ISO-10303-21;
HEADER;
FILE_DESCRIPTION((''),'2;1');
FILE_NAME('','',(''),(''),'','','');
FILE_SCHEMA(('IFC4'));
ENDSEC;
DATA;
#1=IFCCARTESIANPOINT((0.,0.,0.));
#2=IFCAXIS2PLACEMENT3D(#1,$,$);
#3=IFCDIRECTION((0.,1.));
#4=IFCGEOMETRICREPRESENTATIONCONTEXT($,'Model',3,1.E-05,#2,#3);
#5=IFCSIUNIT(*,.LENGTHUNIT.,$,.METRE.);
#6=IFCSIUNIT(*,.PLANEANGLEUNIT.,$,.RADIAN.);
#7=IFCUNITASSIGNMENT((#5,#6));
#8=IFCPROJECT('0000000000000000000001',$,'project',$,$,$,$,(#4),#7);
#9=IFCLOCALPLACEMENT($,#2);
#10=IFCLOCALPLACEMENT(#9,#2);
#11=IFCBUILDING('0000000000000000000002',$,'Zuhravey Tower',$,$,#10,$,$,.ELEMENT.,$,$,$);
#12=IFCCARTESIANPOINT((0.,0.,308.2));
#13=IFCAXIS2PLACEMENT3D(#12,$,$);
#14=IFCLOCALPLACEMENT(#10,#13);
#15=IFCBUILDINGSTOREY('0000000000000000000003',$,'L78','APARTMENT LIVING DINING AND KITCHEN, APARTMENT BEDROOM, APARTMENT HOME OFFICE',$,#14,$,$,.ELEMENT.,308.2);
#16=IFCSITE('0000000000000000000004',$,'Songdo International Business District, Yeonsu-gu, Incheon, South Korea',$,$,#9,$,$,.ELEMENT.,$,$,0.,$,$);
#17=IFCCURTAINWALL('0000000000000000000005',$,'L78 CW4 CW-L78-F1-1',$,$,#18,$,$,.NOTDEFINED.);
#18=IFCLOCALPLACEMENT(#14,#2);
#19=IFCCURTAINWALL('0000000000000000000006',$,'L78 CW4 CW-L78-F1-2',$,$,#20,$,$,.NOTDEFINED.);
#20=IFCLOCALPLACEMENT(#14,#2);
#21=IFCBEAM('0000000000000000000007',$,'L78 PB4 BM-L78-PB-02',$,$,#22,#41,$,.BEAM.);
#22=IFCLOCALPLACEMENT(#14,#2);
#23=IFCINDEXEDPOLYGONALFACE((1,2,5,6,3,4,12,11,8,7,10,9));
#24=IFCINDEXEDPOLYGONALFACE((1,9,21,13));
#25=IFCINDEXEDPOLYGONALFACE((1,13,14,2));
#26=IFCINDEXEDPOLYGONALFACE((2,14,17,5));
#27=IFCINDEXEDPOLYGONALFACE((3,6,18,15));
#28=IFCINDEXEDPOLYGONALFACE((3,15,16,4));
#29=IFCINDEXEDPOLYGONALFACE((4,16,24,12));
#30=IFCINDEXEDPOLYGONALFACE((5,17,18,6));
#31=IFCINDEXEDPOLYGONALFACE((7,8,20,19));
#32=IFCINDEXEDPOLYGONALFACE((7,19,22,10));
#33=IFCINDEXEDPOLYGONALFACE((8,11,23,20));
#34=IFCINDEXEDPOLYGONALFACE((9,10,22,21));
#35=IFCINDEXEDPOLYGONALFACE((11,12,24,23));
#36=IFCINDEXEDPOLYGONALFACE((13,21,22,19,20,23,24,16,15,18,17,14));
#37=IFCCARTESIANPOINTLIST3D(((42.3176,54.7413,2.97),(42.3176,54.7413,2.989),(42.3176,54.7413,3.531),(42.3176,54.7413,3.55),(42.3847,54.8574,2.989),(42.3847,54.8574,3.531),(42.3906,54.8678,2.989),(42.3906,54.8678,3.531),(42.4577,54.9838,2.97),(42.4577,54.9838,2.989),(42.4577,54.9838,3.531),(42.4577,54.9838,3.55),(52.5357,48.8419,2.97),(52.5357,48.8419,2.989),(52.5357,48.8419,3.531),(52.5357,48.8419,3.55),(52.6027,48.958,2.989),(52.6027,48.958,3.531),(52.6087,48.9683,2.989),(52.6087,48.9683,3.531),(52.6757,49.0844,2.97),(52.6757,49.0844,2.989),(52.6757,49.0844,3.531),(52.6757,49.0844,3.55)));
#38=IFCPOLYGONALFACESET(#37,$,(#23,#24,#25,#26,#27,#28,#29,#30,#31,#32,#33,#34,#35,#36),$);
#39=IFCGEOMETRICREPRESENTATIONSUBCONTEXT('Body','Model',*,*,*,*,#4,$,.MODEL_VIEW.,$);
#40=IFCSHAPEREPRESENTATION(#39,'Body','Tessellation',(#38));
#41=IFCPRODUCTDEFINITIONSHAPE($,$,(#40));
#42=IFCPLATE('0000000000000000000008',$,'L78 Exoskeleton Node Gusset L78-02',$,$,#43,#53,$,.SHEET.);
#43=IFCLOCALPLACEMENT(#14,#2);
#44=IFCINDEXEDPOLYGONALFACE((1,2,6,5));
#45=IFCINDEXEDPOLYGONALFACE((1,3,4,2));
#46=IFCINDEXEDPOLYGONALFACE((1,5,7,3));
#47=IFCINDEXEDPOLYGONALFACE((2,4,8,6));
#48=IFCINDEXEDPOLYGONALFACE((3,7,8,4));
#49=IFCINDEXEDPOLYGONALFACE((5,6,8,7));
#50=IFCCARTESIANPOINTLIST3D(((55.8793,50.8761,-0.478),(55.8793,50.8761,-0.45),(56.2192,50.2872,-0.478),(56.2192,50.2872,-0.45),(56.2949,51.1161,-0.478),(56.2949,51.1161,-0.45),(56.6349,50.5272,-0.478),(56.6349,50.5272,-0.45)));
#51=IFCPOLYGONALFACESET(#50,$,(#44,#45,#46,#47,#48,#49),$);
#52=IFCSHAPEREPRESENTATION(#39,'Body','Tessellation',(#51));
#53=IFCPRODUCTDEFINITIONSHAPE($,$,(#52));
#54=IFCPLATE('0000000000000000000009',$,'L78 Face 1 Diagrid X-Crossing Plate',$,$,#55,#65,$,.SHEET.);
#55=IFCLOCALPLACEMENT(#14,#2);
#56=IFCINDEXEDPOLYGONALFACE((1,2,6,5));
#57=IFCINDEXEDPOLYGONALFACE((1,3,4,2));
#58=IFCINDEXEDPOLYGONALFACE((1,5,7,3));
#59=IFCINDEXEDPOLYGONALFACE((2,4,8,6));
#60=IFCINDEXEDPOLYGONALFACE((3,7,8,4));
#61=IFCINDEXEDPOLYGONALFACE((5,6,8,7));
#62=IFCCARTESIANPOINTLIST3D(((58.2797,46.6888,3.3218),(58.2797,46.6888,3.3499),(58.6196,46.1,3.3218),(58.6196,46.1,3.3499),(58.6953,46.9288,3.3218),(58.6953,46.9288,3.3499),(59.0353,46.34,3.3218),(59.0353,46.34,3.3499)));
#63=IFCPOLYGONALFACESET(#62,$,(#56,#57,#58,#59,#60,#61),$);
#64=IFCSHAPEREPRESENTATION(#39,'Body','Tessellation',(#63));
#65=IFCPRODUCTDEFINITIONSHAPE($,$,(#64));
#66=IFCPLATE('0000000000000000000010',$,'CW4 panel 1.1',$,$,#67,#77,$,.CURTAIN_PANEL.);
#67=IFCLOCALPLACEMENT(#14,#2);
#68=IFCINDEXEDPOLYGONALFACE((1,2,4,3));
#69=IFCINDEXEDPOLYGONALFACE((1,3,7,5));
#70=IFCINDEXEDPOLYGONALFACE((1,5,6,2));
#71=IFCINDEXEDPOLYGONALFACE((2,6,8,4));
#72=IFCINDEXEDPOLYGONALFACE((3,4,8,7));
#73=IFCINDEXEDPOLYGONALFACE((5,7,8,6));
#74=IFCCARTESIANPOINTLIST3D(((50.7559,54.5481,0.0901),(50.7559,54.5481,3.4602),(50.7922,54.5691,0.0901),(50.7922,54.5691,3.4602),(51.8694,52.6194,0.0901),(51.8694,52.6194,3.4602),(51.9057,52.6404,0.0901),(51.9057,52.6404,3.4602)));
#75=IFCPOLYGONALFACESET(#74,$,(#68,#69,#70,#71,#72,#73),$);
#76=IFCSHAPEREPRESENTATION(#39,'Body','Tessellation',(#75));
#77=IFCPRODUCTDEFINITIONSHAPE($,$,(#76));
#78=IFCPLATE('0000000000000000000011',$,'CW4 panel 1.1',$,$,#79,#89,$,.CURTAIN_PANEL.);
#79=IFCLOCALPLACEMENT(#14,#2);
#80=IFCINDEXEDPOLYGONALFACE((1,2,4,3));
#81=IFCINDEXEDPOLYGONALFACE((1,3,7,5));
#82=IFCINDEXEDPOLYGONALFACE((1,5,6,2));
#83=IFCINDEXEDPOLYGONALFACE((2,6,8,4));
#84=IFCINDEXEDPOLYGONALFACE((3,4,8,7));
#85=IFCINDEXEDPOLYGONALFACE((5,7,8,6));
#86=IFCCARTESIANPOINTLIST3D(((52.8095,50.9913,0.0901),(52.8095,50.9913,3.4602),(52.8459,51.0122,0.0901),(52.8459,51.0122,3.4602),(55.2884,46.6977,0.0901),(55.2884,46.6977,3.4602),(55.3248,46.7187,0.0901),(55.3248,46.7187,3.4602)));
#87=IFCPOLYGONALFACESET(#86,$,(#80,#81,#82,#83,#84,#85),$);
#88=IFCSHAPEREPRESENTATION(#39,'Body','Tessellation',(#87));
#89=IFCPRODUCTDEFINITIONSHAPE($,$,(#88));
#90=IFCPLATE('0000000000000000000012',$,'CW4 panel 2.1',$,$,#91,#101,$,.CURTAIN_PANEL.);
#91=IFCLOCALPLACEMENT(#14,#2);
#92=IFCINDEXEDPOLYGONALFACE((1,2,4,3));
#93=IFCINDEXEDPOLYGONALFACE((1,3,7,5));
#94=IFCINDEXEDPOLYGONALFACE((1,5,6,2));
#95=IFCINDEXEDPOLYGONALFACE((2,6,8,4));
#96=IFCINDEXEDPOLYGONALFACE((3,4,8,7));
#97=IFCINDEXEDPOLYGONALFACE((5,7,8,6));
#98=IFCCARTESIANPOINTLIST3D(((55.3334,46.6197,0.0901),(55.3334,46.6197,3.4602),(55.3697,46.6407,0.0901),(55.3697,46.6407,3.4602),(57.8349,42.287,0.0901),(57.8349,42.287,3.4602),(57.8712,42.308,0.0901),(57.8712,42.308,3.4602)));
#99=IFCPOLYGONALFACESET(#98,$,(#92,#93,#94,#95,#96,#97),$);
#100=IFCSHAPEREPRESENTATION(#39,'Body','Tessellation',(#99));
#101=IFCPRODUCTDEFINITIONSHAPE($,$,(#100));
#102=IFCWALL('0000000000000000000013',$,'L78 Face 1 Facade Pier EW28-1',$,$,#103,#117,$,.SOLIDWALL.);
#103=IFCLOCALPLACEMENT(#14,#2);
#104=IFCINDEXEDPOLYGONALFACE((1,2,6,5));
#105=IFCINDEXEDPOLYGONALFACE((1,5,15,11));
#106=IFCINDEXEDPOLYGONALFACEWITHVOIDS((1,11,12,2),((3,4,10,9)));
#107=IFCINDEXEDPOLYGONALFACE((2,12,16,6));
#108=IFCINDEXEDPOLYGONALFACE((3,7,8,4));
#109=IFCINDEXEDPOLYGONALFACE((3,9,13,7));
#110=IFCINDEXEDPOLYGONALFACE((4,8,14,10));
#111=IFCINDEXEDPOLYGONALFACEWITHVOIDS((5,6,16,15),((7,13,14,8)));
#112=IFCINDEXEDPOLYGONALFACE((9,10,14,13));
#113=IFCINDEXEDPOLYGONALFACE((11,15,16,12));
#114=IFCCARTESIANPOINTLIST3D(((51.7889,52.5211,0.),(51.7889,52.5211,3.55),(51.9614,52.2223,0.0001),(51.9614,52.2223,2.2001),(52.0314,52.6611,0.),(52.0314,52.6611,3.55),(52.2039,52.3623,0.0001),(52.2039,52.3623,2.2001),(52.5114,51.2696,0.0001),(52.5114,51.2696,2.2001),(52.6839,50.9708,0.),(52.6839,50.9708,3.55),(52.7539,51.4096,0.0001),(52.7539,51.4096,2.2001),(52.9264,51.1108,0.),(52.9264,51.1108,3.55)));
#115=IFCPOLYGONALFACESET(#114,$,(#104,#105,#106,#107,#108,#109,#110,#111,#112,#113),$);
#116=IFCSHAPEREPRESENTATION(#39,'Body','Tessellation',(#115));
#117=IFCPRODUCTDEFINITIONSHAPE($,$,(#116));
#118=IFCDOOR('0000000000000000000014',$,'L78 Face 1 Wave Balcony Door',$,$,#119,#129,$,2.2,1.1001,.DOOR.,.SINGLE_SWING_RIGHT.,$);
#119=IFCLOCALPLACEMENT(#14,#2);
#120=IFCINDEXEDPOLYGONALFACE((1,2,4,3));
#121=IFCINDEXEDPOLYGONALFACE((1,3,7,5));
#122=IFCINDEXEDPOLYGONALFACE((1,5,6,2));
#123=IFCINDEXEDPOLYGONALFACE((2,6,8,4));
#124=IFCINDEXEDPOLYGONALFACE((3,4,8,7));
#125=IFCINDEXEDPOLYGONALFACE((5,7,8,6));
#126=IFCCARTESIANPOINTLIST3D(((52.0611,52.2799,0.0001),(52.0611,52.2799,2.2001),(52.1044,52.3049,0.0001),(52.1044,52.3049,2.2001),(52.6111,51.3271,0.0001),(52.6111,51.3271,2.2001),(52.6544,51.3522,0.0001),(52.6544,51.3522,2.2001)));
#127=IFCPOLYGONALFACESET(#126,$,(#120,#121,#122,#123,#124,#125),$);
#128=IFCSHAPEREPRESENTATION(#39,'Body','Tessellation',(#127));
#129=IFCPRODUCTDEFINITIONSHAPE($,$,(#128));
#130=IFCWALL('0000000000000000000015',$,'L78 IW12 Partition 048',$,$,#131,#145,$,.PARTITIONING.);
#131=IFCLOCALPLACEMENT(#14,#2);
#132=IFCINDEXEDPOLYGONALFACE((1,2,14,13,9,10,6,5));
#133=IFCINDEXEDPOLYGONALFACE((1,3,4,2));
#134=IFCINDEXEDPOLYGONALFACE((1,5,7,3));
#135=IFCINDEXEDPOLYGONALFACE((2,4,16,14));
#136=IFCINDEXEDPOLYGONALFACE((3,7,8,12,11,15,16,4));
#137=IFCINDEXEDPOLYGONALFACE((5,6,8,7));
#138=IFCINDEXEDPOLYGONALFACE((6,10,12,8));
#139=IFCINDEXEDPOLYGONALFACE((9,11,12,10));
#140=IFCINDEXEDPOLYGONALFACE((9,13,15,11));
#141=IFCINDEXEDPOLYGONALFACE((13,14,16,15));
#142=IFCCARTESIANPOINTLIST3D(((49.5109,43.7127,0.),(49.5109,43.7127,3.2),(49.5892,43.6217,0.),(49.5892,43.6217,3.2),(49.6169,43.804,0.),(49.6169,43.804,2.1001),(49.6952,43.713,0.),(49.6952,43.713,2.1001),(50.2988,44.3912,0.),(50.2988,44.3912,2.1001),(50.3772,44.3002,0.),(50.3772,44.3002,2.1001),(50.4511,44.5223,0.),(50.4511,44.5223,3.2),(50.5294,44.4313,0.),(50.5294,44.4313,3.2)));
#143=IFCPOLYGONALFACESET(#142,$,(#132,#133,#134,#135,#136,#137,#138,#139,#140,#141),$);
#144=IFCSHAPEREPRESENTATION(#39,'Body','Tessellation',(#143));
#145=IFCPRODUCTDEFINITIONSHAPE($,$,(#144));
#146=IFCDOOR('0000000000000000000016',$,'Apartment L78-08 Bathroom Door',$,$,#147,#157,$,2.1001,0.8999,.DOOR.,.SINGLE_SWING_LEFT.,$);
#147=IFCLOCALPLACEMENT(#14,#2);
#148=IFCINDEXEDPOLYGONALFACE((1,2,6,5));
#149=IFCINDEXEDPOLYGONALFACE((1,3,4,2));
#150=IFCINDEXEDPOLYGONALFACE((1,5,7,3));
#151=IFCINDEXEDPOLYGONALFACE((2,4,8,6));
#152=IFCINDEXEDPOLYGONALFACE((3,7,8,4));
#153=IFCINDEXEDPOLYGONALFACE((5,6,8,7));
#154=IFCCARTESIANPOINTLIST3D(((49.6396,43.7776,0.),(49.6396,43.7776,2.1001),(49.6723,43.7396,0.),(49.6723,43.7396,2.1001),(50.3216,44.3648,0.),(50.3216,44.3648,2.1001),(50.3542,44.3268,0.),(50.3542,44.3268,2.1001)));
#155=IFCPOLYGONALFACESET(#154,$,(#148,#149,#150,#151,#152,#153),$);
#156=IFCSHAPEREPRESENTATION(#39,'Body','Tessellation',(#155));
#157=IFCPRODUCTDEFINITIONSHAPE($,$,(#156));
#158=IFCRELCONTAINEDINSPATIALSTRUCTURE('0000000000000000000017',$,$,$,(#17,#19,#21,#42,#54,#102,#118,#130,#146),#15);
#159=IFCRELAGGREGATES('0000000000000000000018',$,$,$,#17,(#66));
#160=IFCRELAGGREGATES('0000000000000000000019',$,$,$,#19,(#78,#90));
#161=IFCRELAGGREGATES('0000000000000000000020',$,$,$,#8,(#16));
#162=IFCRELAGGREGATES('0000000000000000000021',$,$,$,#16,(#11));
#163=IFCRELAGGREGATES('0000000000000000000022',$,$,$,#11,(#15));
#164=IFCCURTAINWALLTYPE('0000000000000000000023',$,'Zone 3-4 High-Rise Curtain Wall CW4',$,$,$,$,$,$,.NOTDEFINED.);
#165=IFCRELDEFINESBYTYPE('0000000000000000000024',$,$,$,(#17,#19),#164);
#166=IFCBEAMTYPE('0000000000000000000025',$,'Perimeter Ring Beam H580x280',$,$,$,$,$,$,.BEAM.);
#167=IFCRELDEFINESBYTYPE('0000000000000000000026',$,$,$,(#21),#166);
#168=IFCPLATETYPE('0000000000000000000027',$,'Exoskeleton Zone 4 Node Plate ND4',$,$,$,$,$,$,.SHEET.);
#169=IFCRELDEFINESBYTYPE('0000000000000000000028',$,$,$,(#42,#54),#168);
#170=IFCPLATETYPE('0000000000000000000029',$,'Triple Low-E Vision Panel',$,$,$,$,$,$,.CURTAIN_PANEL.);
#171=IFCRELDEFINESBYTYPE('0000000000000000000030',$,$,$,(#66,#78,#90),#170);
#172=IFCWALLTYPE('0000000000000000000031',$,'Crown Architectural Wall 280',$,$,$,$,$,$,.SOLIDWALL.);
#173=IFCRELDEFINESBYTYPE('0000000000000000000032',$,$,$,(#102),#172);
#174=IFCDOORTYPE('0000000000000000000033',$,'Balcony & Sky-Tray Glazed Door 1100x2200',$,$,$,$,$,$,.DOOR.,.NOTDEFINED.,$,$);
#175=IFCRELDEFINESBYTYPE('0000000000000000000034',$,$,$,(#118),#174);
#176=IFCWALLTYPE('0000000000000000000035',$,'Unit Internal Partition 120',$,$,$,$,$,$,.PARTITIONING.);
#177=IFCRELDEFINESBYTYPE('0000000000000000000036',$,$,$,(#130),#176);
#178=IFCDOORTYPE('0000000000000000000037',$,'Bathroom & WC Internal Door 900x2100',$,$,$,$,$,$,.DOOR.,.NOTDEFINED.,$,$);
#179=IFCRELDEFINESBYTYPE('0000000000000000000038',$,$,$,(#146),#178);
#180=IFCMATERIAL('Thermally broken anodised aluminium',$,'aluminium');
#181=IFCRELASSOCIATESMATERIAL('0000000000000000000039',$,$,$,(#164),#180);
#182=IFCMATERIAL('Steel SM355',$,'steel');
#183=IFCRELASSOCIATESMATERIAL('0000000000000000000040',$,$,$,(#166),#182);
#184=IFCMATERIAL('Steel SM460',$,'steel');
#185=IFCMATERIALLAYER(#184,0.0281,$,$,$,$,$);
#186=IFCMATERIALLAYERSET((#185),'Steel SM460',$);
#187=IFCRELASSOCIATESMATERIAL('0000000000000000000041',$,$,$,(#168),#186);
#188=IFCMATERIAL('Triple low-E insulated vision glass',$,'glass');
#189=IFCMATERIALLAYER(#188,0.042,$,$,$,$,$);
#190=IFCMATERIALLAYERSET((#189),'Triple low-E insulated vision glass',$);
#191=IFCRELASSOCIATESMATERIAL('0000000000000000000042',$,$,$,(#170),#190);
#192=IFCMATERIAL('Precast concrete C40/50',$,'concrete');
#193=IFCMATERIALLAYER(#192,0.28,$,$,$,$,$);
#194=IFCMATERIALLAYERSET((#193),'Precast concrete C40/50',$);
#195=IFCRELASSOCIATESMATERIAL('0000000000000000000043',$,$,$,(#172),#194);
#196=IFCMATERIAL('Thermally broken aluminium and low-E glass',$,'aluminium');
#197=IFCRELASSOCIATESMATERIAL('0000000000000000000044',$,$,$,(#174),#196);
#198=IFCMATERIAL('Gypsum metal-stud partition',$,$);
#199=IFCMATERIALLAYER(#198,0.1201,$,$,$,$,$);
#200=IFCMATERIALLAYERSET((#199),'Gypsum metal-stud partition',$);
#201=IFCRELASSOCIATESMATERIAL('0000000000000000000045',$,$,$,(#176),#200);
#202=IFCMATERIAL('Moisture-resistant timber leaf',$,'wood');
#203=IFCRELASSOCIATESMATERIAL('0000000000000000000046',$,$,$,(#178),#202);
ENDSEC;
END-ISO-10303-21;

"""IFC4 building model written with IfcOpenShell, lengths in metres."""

from ifc_helpers import new_model, si_unit, direction, frame, frame_2d, origin, origin_2d, place, context, subcontext, project, spatial, rectangle, i_section, extrude, material, layer, layer_set, material_profile, profile_set, type_object, element, fill, aggregate, save


model = new_model("IFC4")

# Units and contexts
model_context = context("Model", 3, precision=1e-05, world=origin(), true_north=direction((0.0, 1.0)))
body_context = subcontext(model_context, "Body", "Model", "MODEL_VIEW")
ifc_project = project(units=[si_unit("LENGTHUNIT", "METRE"), si_unit("PLANEANGLEUNIT", "RADIAN")], contexts=[model_context])

# Site, building, storey
site_placement = place(None, origin())
site = spatial("IfcSite", under=ifc_project, at=site_placement, Name="Songdo International Business District, Yeonsu-gu, Incheon, South Korea", CompositionType="ELEMENT", RefElevation=0.0)
building_placement = place(site_placement, origin())
building = spatial("IfcBuilding", under=site, at=building_placement, Name="Zuhravey Tower", CompositionType="ELEMENT")
storey_placement = place(building_placement, frame((0.0, 0.0, 308.2)))
storey = spatial("IfcBuildingStorey", under=building, at=storey_placement, Name="L78", Description="APARTMENT LIVING DINING AND KITCHEN, APARTMENT BEDROOM, APARTMENT HOME OFFICE", CompositionType="ELEMENT", Elevation=308.2)

# Curtain walls
ifc_material_1 = material(Name="Thermally broken anodised aluminium", Category="aluminium")
curtain_wall_type = type_object("IfcCurtainWallType", Name="Zone 3-4 High-Rise Curtain Wall CW4", PredefinedType="NOTDEFINED", material=ifc_material_1)
curtain_wall_1_placement = place(storey_placement, origin())
curtain_wall_1 = element("IfcCurtainWall", 1, at=curtain_wall_1_placement, inside=storey, type_object=curtain_wall_type, Name="L78 CW4 CW-L78-F1-1", PredefinedType="NOTDEFINED")
curtain_wall_2_placement = place(storey_placement, origin())
curtain_wall_2 = element("IfcCurtainWall", 2, at=curtain_wall_2_placement, inside=storey, type_object=curtain_wall_type, Name="L78 CW4 CW-L78-F1-2", PredefinedType="NOTDEFINED")

# Shared definitions
ifc_material_2 = material(Name="Steel SM355", Category="steel")

# Beam
ifc_material_profile_1 = material_profile(ifc_material_2, i_section(OverallWidth=0.28, OverallDepth=0.5801, WebThickness=0.012, FlangeThickness=0.019, at=origin_2d()), Name="H-580x280x12x19")
ifc_profile_set_1 = profile_set([ifc_material_profile_1], Name="Steel SM355")
beam_type = type_object("IfcBeamType", Name="Perimeter Ring Beam H580x280", PredefinedType="BEAM", material=ifc_profile_set_1)
beam_placement = place(storey_placement, frame((52.6057, 48.9631, 3.26), z_axis=(-0.866024, 0.500002, 0.0), x_axis=(-0.500002, -0.866024, 0.0)))
element("IfcBeam", 3, at=beam_placement, inside=storey, type_object=beam_type, Name="L78 PB4 BM-L78-PB-02", PredefinedType="BEAM", context=body_context, shape_type="SweptSolid", body=[
    extrude(i_section(OverallWidth=0.28, OverallDepth=0.5801, WebThickness=0.012, FlangeThickness=0.019, at=origin_2d()), origin(), (0.0, 0.0, 1.0), 11.7988),
])

# Plates
ifc_material_3 = material(Name="Steel SM460", Category="steel")
ifc_layer_1 = layer(ifc_material_3, 0.0281)
ifc_layer_set_1 = layer_set([ifc_layer_1], Name="Steel SM460")
plate_type_1 = type_object("IfcPlateType", Name="Exoskeleton Zone 4 Node Plate ND4", PredefinedType="SHEET", material=ifc_layer_set_1)
for number, where, z_axis, x_axis, name in (
    (4, (56.2571, 50.7017, -0.478), (0.0, 0.0, 1.0), (-0.5, 0.866025, 0.0), "L78 Exoskeleton Node Gusset L78-02"),
    (5, (58.6575, 46.5144, 3.3218), (0.0, 0.0, 1.0), (-0.5, 0.866025, 0.0), "L78 Face 1 Diagrid X-Crossing Plate"),
):
    element("IfcPlate", number, at=place(storey_placement, frame(where, z_axis=z_axis, x_axis=x_axis)), inside=storey, type_object=plate_type_1, Name=name, PredefinedType="SHEET", context=body_context, shape_type="SweptSolid", body=[
        extrude(rectangle(XDim=0.6799, YDim=0.48, at=origin_2d()), origin(), (0.0, 0.0, 1.0), 0.0281),
    ])

# Plates
ifc_material_4 = material(Name="Triple low-E insulated vision glass", Category="glass")
ifc_layer_2 = layer(ifc_material_4, 0.042)
ifc_layer_set_2 = layer_set([ifc_layer_2], Name="Triple low-E insulated vision glass")
plate_type_2 = type_object("IfcPlateType", Name="Triple Low-E Vision Panel", PredefinedType="CURTAIN_PANEL", material=ifc_layer_set_2)
plate_1_placement = place(storey_placement, frame((51.3308, 53.5942, 0.0901), z_axis=(0.0, 0.0, 1.0), x_axis=(0.499986, -0.866033, 0.0)))
plate_1 = element("IfcPlate", 6, at=plate_1_placement, type_object=plate_type_2, Name="CW4 panel 1.1", PredefinedType="CURTAIN_PANEL", context=body_context, shape_type="SweptSolid", body=[
    extrude(rectangle(XDim=2.2271, YDim=0.042, at=origin_2d()), origin(), (0.0, 0.0, 1.0), 3.3701),
])
aggregate(curtain_wall_1, [plate_1])
plate_2_placement = place(storey_placement, frame((54.0671, 48.855, 0.0901), z_axis=(0.0, 0.0, 1.0), x_axis=(0.500003, -0.866024, 0.0)))
plate_2 = element("IfcPlate", 7, at=plate_2_placement, type_object=plate_type_2, Name="CW4 panel 1.1", PredefinedType="CURTAIN_PANEL", context=body_context, shape_type="SweptSolid", body=[
    extrude(rectangle(XDim=4.9578, YDim=0.042, at=origin_2d()), origin(), (0.0, 0.0, 1.0), 3.3701),
])
plate_3_placement = place(storey_placement, frame((56.6023, 44.4639, 0.0901), z_axis=(0.0, 0.0, 1.0), x_axis=(0.500003, -0.866024, 0.0)))
plate_3 = element("IfcPlate", 8, at=plate_3_placement, type_object=plate_type_2, Name="CW4 panel 2.1", PredefinedType="CURTAIN_PANEL", context=body_context, shape_type="SweptSolid", body=[
    extrude(rectangle(XDim=5.0029, YDim=0.042, at=origin_2d()), origin(), (0.0, 0.0, 1.0), 3.3701),
])
aggregate(curtain_wall_2, [plate_2, plate_3])

# Walls, openings, doors
ifc_material_5 = material(Name="Precast concrete C40/50", Category="concrete")
ifc_layer_3 = layer(ifc_material_5, 0.28)
ifc_layer_set_3 = layer_set([ifc_layer_3], Name="Precast concrete C40/50")
wall_type_1 = type_object("IfcWallType", Name="Crown Architectural Wall 280", PredefinedType="SOLIDWALL", material=ifc_layer_set_3)
wall_1_placement = place(storey_placement, frame((51.9102, 52.5911, 0.0), z_axis=(0.0, 0.0, 1.0), x_axis=(0.499982, -0.866036, 0.0)))
wall_1 = element("IfcWall", 9, at=wall_1_placement, inside=storey, type_object=wall_type_1, Name="L78 Face 1 Facade Pier EW28-1", PredefinedType="SOLIDWALL", context=body_context, shape_type="SweptSolid", body=[
    extrude(rectangle(XDim=1.79, YDim=0.28, at=frame_2d((0.895, 0.0))), origin(), (0.0, 0.0, 1.0), 3.55),
])
opening_1_placement = place(wall_1_placement, frame((0.345, 0.0, 0.0)))
opening_1 = element("IfcOpeningElement", 10, at=opening_1_placement, cuts=wall_1, PredefinedType="OPENING", context=body_context, shape_type="SweptSolid", body=[
    extrude(rectangle(XDim=1.1001, YDim=2.2, at=frame_2d((0.55, 1.1001))), frame((0.0, 0.1521, 0.0), z_axis=(0.0, -1.0, 0.0), x_axis=(1.0, 0.0, 0.0)), (0.0, 0.0, 1.0), 0.304),
])
ifc_material_6 = material(Name="Thermally broken aluminium and low-E glass", Category="aluminium")
door_type_1 = type_object("IfcDoorType", Name="Balcony & Sky-Tray Glazed Door 1100x2200", OperationType="NOTDEFINED", PredefinedType="DOOR", material=ifc_material_6)
door_1_placement = place(opening_1_placement, frame((1.1001, 0.0, 0.0), z_axis=(0.0, 0.0, 1.0), x_axis=(-1.0, 0.0, 0.0)))
door_1 = element("IfcDoor", 11, at=door_1_placement, inside=storey, type_object=door_type_1, Name="L78 Face 1 Wave Balcony Door", OperationType="SINGLE_SWING_RIGHT", OverallHeight=2.2, OverallWidth=1.1001, PredefinedType="DOOR", context=body_context, shape_type="SweptSolid", body=[
    extrude(rectangle(XDim=1.1001, YDim=2.2, at=frame_2d((0.55, 1.1001))), frame((0.0, 0.0249, 0.0), z_axis=(0.0, -1.0, 0.0), x_axis=(1.0, 0.0, 0.0)), (0.0, 0.0, 1.0), 0.05),
])
fill(opening_1, door_1)
ifc_material_7 = material(Name="Gypsum metal-stud partition")
ifc_layer_4 = layer(ifc_material_7, 0.1201)
ifc_layer_set_4 = layer_set([ifc_layer_4], Name="Gypsum metal-stud partition")
wall_type_2 = type_object("IfcWallType", Name="Unit Internal Partition 120", PredefinedType="PARTITIONING", material=ifc_layer_set_4)
wall_2_placement = place(storey_placement, frame((49.55, 43.6672, 0.0), z_axis=(0.0, 0.0, 1.0), x_axis=(0.757782, 0.652507, 0.0)))
wall_2 = element("IfcWall", 12, at=wall_2_placement, inside=storey, type_object=wall_type_2, Name="L78 IW12 Partition 048", PredefinedType="PARTITIONING", context=body_context, shape_type="SweptSolid", body=[
    extrude(rectangle(XDim=1.2407, YDim=0.1201, at=frame_2d((0.6204, 0.0))), origin(), (0.0, 0.0, 1.0), 3.2),
])
opening_2_placement = place(wall_2_placement, frame((0.1399, 0.0, 0.0)))
opening_2 = element("IfcOpeningElement", 13, at=opening_2_placement, cuts=wall_2, PredefinedType="OPENING", context=body_context, shape_type="SweptSolid", body=[
    extrude(rectangle(XDim=0.8999, YDim=2.1001, at=frame_2d((0.45, 1.05))), frame((0.0, 0.072, 0.0), z_axis=(0.0, -1.0, 0.0), x_axis=(1.0, 0.0, 0.0)), (0.0, 0.0, 1.0), 0.144),
])
ifc_material_8 = material(Name="Moisture-resistant timber leaf", Category="wood")
door_type_2 = type_object("IfcDoorType", Name="Bathroom & WC Internal Door 900x2100", OperationType="NOTDEFINED", PredefinedType="DOOR", material=ifc_material_8)
door_2_placement = place(opening_2_placement, frame((0.8999, 0.0, 0.0), z_axis=(0.0, 0.0, 1.0), x_axis=(-1.0, 0.0, 0.0)))
door_2 = element("IfcDoor", 14, at=door_2_placement, inside=storey, type_object=door_type_2, Name="Apartment L78-08 Bathroom Door", OperationType="SINGLE_SWING_LEFT", OverallHeight=2.1001, OverallWidth=0.8999, PredefinedType="DOOR", context=body_context, shape_type="SweptSolid", body=[
    extrude(rectangle(XDim=0.8999, YDim=2.1001, at=frame_2d((0.45, 1.05))), frame((0.0, 0.0249, 0.0), z_axis=(0.0, -1.0, 0.0), x_axis=(1.0, 0.0, 0.0)), (0.0, 0.0, 1.0), 0.05),
])
fill(opening_2, door_2)

save(model, "model.ifc")
